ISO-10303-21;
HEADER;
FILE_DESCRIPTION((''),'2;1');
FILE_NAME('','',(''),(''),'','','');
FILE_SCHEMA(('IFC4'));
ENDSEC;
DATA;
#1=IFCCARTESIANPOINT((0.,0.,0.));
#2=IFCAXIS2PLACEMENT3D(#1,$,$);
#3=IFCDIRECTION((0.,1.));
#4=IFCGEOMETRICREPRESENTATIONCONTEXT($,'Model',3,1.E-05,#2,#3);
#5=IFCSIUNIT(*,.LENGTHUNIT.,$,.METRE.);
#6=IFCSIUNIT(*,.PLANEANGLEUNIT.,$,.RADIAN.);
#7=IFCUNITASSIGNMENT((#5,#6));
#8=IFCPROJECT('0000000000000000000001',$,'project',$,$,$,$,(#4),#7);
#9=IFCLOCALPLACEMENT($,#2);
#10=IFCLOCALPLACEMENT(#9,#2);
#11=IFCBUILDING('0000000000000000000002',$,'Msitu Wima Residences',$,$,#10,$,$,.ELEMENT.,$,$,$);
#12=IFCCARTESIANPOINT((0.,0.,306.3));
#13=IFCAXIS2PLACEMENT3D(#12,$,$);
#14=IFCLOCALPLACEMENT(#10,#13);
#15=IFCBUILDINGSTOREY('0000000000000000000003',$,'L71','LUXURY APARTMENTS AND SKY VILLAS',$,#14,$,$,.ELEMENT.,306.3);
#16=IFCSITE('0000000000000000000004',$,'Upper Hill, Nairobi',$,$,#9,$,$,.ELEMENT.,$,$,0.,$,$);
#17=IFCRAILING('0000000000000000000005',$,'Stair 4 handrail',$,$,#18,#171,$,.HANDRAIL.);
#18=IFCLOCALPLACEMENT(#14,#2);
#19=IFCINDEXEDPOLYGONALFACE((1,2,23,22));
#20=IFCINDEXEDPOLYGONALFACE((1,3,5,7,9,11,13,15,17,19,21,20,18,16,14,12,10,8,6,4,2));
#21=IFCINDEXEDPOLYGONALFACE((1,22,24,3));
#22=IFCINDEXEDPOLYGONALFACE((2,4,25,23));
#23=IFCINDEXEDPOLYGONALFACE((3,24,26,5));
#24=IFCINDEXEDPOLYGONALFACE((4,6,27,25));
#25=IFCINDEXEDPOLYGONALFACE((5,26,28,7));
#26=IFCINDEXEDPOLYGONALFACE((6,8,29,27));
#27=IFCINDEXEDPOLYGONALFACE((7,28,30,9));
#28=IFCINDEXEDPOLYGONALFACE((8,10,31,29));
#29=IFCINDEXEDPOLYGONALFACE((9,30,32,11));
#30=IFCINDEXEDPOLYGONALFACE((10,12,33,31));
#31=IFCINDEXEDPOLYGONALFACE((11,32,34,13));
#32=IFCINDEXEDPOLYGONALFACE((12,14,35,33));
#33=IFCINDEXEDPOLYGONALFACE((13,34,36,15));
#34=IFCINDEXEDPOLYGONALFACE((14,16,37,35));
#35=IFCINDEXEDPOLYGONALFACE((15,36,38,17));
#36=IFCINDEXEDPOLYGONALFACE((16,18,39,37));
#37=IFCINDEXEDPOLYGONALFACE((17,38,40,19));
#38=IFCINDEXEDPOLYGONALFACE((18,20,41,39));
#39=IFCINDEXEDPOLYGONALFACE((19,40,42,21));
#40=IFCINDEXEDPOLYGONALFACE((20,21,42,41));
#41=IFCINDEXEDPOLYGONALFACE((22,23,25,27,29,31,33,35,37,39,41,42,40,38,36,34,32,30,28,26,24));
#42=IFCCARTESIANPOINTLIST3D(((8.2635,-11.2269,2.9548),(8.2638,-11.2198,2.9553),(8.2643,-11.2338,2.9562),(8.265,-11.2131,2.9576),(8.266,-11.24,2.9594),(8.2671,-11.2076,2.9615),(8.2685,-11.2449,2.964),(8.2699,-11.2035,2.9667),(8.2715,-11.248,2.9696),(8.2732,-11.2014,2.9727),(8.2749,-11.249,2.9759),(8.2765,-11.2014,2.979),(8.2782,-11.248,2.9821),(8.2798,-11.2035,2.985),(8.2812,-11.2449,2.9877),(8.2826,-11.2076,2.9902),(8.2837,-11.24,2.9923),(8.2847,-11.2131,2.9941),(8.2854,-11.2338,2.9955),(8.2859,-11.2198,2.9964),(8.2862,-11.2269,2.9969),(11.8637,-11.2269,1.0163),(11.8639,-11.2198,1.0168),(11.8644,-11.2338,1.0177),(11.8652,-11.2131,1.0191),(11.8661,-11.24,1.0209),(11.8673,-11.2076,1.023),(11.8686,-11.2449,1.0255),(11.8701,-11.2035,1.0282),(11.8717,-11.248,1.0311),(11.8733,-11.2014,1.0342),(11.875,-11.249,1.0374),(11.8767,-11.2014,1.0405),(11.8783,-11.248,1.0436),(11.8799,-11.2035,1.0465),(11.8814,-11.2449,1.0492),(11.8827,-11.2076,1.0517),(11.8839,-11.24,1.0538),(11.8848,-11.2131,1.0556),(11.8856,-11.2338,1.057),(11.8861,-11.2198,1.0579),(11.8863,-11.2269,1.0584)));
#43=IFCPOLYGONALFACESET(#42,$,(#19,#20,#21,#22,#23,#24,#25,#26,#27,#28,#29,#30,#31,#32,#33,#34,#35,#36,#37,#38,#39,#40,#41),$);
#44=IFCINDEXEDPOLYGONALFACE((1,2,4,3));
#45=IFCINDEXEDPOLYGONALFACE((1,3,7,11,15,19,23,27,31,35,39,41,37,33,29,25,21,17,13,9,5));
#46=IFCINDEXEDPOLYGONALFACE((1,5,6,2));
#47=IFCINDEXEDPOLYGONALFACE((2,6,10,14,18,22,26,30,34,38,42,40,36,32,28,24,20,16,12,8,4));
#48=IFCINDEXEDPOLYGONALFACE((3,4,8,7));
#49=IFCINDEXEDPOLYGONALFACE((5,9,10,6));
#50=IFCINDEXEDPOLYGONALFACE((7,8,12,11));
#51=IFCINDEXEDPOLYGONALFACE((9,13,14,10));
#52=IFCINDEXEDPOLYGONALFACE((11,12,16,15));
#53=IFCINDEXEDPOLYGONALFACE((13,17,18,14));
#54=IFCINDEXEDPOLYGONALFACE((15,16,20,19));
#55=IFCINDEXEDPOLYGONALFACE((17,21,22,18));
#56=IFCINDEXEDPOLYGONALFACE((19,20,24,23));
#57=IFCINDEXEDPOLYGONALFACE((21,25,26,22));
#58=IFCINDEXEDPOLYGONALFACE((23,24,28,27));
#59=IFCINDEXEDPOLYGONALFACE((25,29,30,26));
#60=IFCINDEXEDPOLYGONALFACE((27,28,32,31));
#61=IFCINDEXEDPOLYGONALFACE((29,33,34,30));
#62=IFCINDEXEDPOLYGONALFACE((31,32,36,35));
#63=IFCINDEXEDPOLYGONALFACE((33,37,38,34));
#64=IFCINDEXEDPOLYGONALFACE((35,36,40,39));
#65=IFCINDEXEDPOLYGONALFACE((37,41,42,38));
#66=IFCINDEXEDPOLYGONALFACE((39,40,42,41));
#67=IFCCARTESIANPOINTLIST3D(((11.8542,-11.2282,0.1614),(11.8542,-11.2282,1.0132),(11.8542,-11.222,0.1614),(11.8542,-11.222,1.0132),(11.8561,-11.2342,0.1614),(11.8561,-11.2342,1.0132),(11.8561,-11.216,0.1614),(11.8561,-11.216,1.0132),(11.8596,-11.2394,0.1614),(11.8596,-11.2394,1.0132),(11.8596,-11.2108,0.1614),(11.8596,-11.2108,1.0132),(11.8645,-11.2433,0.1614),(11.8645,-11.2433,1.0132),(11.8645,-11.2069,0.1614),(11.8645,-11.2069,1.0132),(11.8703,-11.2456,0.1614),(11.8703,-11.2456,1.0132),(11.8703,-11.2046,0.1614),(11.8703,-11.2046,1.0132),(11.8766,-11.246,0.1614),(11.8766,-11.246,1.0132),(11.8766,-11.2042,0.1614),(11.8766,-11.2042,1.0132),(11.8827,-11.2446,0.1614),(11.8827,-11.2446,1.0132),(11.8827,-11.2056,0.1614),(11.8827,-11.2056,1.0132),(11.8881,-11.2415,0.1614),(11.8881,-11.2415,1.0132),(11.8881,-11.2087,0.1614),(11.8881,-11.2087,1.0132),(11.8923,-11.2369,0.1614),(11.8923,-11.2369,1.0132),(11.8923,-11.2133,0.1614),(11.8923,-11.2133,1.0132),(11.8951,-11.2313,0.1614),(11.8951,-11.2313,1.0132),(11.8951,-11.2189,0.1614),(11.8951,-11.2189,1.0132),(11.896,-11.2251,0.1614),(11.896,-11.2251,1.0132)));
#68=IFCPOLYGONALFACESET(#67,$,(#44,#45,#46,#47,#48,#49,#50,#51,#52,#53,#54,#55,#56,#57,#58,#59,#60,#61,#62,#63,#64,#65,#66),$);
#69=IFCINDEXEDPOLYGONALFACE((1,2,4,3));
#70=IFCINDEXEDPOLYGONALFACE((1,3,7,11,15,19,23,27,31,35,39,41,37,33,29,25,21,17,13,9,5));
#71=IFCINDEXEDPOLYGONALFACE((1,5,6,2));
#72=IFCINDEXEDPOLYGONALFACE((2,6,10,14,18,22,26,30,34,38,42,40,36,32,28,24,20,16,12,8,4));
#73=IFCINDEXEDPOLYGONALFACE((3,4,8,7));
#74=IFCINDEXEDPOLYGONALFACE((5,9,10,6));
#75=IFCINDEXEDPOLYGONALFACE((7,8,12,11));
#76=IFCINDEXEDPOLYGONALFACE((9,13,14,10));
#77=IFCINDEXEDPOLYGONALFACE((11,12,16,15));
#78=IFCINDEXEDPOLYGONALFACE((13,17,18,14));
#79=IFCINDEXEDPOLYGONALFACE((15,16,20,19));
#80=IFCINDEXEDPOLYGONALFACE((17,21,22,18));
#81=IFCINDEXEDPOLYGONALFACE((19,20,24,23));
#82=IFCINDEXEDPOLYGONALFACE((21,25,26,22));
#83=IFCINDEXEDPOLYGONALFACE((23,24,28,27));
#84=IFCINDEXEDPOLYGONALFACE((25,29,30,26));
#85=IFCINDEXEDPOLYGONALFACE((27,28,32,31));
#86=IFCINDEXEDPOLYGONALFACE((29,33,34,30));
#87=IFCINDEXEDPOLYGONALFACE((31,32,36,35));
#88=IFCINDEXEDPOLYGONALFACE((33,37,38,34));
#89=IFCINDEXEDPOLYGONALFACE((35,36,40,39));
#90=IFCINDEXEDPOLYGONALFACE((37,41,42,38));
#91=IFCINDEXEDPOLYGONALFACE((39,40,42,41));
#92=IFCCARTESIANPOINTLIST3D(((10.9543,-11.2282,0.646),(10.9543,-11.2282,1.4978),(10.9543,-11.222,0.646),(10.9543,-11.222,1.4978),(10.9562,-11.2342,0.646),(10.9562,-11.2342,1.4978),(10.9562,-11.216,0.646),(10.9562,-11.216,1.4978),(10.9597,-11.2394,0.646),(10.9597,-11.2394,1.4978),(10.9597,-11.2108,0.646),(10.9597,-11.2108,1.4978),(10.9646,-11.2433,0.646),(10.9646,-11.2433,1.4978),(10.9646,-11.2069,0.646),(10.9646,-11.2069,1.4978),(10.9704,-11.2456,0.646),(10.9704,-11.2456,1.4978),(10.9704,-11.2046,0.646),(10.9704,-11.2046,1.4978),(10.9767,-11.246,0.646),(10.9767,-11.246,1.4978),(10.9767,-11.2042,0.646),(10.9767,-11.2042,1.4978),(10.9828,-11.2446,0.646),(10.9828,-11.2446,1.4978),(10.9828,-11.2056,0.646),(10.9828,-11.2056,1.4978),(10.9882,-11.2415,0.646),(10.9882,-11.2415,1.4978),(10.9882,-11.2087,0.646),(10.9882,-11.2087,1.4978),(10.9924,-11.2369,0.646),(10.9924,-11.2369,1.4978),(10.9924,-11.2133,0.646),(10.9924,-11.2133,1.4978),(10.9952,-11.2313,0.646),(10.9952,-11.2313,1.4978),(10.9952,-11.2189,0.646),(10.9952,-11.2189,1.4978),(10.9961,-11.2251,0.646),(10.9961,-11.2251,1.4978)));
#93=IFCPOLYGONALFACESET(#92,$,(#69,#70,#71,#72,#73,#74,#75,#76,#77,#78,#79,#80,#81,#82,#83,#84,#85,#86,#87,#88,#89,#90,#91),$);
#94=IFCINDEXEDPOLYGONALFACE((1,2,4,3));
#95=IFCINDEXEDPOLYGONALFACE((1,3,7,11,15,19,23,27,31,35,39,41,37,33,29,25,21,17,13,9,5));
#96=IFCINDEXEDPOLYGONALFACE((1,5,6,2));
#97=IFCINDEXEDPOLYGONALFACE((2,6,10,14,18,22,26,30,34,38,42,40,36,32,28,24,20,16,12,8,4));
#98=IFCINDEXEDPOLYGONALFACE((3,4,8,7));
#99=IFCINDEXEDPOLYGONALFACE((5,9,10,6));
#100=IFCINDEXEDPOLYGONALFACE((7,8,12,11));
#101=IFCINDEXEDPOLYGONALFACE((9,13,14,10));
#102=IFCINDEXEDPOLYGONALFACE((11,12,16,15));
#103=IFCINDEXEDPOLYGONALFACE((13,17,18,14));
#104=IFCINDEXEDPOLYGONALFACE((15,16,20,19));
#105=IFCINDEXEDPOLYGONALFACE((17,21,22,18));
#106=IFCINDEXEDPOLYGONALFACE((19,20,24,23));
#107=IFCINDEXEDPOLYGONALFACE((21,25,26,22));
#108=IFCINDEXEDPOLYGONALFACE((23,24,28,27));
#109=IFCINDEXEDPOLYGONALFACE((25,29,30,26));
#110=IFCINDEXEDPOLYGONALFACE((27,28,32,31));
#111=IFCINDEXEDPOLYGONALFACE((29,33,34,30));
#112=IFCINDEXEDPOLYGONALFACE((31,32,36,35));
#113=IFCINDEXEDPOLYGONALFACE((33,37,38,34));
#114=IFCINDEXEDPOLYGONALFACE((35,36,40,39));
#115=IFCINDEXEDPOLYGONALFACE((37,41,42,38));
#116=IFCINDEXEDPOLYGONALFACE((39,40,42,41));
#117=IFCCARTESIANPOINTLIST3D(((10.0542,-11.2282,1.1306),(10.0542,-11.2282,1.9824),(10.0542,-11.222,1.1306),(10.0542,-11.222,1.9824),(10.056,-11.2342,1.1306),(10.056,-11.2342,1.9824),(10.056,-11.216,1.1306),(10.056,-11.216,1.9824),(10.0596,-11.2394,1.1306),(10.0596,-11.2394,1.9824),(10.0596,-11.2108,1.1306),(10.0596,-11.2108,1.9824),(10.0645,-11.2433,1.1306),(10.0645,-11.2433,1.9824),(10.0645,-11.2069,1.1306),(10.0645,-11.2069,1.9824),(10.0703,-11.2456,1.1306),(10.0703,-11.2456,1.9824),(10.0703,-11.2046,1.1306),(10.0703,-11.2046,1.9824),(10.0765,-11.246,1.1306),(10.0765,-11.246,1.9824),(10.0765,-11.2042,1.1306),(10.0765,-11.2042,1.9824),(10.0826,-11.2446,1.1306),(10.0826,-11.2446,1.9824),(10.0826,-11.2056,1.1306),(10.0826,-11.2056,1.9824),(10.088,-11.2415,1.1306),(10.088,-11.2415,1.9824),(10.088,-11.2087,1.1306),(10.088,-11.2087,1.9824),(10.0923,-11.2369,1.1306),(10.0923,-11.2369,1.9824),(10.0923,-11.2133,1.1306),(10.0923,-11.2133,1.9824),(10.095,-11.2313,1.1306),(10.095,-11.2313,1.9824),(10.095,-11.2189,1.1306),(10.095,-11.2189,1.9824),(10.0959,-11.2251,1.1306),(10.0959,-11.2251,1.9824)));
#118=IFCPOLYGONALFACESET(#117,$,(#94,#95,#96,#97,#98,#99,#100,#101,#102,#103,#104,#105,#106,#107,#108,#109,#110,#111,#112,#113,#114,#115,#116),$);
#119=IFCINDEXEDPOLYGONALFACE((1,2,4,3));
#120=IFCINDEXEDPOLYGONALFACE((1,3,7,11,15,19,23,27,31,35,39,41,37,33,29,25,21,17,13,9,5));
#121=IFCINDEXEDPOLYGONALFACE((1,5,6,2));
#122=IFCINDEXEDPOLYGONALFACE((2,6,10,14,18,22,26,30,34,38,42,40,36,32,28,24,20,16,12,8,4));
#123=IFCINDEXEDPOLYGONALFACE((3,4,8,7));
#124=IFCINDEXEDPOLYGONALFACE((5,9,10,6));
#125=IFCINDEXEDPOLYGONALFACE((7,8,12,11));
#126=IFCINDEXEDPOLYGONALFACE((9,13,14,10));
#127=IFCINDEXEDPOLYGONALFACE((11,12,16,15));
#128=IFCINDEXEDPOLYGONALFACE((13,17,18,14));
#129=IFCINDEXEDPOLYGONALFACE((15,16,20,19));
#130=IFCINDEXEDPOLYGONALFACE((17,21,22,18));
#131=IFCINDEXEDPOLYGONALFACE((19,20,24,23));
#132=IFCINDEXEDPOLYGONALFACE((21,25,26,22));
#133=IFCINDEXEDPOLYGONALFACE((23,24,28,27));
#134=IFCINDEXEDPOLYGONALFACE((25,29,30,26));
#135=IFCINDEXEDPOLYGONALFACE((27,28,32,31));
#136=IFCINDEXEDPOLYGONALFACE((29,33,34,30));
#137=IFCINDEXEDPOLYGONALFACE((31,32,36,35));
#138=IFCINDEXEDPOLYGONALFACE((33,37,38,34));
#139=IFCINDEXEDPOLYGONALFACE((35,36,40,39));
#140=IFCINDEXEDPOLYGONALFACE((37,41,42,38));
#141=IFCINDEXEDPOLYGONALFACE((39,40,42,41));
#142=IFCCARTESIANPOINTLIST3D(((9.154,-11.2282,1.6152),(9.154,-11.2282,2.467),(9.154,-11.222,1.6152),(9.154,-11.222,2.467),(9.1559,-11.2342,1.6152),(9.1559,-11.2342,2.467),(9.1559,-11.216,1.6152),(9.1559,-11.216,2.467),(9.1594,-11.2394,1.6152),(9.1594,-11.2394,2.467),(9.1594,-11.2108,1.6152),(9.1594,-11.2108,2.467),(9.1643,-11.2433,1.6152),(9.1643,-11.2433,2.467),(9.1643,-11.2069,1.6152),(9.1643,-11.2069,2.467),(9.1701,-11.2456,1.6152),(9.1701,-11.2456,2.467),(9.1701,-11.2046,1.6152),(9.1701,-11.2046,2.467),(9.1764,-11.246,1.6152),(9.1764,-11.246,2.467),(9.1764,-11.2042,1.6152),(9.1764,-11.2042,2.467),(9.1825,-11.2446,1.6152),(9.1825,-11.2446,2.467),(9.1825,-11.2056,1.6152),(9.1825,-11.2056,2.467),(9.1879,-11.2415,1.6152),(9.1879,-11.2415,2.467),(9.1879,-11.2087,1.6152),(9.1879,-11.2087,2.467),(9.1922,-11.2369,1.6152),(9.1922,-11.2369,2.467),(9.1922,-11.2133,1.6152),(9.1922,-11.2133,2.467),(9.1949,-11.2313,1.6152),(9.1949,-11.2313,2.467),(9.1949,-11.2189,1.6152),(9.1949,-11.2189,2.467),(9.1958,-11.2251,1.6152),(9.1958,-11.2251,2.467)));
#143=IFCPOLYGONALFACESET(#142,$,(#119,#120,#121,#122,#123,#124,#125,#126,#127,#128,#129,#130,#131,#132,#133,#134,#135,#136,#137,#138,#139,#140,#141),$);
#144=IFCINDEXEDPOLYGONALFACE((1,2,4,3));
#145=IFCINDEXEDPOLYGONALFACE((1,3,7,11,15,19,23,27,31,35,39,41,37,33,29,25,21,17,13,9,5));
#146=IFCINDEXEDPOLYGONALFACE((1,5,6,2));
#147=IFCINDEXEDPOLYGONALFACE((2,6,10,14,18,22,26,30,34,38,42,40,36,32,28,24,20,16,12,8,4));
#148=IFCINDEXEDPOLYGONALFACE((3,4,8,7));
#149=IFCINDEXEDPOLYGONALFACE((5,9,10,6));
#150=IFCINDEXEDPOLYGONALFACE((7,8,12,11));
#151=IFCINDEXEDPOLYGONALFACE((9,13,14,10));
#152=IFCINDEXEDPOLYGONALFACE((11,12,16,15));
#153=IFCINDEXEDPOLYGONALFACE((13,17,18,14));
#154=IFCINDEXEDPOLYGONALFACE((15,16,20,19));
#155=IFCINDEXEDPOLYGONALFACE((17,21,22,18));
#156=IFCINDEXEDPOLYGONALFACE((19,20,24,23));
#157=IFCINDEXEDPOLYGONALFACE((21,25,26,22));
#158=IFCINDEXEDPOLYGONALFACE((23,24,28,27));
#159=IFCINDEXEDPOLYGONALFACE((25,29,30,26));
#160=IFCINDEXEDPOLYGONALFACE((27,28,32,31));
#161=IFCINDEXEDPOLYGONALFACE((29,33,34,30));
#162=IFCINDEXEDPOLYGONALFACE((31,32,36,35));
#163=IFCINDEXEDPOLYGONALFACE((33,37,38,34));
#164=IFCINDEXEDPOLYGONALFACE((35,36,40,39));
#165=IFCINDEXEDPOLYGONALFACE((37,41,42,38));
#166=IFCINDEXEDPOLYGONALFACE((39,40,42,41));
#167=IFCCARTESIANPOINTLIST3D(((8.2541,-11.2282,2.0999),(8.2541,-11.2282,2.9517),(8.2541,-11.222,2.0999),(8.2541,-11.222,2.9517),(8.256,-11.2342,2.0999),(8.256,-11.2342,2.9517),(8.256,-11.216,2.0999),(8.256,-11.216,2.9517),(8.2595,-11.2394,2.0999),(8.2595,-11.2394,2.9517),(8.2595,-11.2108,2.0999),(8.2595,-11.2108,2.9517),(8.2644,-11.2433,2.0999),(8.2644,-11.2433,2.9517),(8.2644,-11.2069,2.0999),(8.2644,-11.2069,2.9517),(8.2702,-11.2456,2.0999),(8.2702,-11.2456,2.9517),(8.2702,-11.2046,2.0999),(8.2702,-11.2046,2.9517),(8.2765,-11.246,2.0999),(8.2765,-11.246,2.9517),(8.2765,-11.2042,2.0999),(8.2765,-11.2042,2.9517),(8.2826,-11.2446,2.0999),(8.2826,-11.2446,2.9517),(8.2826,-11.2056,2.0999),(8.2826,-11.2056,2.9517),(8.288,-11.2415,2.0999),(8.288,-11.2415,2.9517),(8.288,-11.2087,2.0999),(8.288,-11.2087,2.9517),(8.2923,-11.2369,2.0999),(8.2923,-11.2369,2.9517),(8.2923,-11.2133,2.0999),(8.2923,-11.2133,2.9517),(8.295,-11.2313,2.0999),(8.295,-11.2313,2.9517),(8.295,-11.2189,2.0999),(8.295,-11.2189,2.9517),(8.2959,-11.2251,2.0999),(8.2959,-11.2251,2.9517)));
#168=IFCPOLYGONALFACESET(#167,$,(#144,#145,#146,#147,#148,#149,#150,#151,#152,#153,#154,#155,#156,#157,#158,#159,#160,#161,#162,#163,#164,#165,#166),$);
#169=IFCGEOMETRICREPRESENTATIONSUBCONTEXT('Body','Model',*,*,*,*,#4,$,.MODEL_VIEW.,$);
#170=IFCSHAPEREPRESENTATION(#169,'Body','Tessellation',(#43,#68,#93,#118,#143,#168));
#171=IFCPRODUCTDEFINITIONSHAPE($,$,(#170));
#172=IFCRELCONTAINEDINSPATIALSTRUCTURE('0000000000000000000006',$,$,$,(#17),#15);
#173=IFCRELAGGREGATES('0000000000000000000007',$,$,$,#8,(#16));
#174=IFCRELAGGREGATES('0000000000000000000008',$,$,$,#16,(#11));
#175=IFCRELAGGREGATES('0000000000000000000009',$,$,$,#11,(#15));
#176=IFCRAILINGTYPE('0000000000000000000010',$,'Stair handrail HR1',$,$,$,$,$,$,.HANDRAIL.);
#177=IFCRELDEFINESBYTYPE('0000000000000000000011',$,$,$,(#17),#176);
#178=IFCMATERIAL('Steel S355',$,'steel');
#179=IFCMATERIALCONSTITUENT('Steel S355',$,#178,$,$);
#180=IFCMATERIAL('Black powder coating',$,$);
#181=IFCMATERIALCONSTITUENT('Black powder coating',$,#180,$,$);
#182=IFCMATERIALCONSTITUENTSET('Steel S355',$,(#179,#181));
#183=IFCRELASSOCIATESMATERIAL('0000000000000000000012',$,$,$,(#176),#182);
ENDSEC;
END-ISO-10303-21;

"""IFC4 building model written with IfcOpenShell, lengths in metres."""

from ifc_helpers import new_model, si_unit, direction, frame, origin, origin_2d, place, context, subcontext, project, spatial, circle, extrude, material, constituent, constituent_set, type_object, element, save


model = new_model("IFC4")

# Units and contexts
model_context = context("Model", 3, precision=1e-05, world=origin(), true_north=direction((0.0, 1.0)))
body_context = subcontext(model_context, "Body", "Model", "MODEL_VIEW")
ifc_project = project(units=[si_unit("LENGTHUNIT", "METRE"), si_unit("PLANEANGLEUNIT", "RADIAN")], contexts=[model_context])

# Site, building, storey
site_placement = place(None, origin())
site = spatial("IfcSite", under=ifc_project, at=site_placement, Name="Upper Hill, Nairobi", CompositionType="ELEMENT", RefElevation=0.0)
building_placement = place(site_placement, origin())
building = spatial("IfcBuilding", under=site, at=building_placement, Name="Msitu Wima Residences", CompositionType="ELEMENT")
storey_placement = place(building_placement, frame((0.0, 0.0, 306.3)))
storey = spatial("IfcBuildingStorey", under=building, at=storey_placement, Name="L71", Description="LUXURY APARTMENTS AND SKY VILLAS", CompositionType="ELEMENT", Elevation=306.3)

# Railing
ifc_material_1 = material(Name="Steel S355", Category="steel")
ifc_constituent_1 = constituent(ifc_material_1, Name="Steel S355")
ifc_material_2 = material(Name="Black powder coating")
ifc_constituent_2 = constituent(ifc_material_2, Name="Black powder coating")
ifc_constituent_set = constituent_set(constituents=[ifc_constituent_1, ifc_constituent_2], Name="Steel S355")
railing_type = type_object("IfcRailingType", Name="Stair handrail HR1", PredefinedType="HANDRAIL", material=ifc_constituent_set)
for number, where, name in (
    (1, (11.875, -11.2251, 0.1614), "Stair 4 handrail"),
):
    element("IfcRailing", number, at=place(storey_placement, frame(where)), inside=storey, type_object=railing_type, Name=name, PredefinedType="HANDRAIL", context=body_context, shape_type="SweptSolid", body=[
        extrude(circle(Radius=0.0239, at=origin_2d()), frame((0.0, 0.0, 0.876), z_axis=(-0.880475, 0.0, 0.474093), x_axis=(0.0, -1.0, 0.0)), (0.0, 0.0, 1.0), 4.0889),
        extrude(circle(Radius=0.021, at=origin_2d()), origin(), (0.0, 0.0, 1.0), 0.8518),
        extrude(circle(Radius=0.021, at=origin_2d()), frame((-0.8999, 0.0, 0.4846)), (0.0, 0.0, 1.0), 0.8518),
        extrude(circle(Radius=0.021, at=origin_2d()), frame((-1.8, 0.0, 0.9692)), (0.0, 0.0, 1.0), 0.8518),
        extrude(circle(Radius=0.021, at=origin_2d()), frame((-2.7002, 0.0, 1.4539)), (0.0, 0.0, 1.0), 0.8518),
        extrude(circle(Radius=0.021, at=origin_2d()), frame((-3.6001, 0.0, 1.9385)), (0.0, 0.0, 1.0), 0.8518),
    ])

save(model, "model.ifc")
